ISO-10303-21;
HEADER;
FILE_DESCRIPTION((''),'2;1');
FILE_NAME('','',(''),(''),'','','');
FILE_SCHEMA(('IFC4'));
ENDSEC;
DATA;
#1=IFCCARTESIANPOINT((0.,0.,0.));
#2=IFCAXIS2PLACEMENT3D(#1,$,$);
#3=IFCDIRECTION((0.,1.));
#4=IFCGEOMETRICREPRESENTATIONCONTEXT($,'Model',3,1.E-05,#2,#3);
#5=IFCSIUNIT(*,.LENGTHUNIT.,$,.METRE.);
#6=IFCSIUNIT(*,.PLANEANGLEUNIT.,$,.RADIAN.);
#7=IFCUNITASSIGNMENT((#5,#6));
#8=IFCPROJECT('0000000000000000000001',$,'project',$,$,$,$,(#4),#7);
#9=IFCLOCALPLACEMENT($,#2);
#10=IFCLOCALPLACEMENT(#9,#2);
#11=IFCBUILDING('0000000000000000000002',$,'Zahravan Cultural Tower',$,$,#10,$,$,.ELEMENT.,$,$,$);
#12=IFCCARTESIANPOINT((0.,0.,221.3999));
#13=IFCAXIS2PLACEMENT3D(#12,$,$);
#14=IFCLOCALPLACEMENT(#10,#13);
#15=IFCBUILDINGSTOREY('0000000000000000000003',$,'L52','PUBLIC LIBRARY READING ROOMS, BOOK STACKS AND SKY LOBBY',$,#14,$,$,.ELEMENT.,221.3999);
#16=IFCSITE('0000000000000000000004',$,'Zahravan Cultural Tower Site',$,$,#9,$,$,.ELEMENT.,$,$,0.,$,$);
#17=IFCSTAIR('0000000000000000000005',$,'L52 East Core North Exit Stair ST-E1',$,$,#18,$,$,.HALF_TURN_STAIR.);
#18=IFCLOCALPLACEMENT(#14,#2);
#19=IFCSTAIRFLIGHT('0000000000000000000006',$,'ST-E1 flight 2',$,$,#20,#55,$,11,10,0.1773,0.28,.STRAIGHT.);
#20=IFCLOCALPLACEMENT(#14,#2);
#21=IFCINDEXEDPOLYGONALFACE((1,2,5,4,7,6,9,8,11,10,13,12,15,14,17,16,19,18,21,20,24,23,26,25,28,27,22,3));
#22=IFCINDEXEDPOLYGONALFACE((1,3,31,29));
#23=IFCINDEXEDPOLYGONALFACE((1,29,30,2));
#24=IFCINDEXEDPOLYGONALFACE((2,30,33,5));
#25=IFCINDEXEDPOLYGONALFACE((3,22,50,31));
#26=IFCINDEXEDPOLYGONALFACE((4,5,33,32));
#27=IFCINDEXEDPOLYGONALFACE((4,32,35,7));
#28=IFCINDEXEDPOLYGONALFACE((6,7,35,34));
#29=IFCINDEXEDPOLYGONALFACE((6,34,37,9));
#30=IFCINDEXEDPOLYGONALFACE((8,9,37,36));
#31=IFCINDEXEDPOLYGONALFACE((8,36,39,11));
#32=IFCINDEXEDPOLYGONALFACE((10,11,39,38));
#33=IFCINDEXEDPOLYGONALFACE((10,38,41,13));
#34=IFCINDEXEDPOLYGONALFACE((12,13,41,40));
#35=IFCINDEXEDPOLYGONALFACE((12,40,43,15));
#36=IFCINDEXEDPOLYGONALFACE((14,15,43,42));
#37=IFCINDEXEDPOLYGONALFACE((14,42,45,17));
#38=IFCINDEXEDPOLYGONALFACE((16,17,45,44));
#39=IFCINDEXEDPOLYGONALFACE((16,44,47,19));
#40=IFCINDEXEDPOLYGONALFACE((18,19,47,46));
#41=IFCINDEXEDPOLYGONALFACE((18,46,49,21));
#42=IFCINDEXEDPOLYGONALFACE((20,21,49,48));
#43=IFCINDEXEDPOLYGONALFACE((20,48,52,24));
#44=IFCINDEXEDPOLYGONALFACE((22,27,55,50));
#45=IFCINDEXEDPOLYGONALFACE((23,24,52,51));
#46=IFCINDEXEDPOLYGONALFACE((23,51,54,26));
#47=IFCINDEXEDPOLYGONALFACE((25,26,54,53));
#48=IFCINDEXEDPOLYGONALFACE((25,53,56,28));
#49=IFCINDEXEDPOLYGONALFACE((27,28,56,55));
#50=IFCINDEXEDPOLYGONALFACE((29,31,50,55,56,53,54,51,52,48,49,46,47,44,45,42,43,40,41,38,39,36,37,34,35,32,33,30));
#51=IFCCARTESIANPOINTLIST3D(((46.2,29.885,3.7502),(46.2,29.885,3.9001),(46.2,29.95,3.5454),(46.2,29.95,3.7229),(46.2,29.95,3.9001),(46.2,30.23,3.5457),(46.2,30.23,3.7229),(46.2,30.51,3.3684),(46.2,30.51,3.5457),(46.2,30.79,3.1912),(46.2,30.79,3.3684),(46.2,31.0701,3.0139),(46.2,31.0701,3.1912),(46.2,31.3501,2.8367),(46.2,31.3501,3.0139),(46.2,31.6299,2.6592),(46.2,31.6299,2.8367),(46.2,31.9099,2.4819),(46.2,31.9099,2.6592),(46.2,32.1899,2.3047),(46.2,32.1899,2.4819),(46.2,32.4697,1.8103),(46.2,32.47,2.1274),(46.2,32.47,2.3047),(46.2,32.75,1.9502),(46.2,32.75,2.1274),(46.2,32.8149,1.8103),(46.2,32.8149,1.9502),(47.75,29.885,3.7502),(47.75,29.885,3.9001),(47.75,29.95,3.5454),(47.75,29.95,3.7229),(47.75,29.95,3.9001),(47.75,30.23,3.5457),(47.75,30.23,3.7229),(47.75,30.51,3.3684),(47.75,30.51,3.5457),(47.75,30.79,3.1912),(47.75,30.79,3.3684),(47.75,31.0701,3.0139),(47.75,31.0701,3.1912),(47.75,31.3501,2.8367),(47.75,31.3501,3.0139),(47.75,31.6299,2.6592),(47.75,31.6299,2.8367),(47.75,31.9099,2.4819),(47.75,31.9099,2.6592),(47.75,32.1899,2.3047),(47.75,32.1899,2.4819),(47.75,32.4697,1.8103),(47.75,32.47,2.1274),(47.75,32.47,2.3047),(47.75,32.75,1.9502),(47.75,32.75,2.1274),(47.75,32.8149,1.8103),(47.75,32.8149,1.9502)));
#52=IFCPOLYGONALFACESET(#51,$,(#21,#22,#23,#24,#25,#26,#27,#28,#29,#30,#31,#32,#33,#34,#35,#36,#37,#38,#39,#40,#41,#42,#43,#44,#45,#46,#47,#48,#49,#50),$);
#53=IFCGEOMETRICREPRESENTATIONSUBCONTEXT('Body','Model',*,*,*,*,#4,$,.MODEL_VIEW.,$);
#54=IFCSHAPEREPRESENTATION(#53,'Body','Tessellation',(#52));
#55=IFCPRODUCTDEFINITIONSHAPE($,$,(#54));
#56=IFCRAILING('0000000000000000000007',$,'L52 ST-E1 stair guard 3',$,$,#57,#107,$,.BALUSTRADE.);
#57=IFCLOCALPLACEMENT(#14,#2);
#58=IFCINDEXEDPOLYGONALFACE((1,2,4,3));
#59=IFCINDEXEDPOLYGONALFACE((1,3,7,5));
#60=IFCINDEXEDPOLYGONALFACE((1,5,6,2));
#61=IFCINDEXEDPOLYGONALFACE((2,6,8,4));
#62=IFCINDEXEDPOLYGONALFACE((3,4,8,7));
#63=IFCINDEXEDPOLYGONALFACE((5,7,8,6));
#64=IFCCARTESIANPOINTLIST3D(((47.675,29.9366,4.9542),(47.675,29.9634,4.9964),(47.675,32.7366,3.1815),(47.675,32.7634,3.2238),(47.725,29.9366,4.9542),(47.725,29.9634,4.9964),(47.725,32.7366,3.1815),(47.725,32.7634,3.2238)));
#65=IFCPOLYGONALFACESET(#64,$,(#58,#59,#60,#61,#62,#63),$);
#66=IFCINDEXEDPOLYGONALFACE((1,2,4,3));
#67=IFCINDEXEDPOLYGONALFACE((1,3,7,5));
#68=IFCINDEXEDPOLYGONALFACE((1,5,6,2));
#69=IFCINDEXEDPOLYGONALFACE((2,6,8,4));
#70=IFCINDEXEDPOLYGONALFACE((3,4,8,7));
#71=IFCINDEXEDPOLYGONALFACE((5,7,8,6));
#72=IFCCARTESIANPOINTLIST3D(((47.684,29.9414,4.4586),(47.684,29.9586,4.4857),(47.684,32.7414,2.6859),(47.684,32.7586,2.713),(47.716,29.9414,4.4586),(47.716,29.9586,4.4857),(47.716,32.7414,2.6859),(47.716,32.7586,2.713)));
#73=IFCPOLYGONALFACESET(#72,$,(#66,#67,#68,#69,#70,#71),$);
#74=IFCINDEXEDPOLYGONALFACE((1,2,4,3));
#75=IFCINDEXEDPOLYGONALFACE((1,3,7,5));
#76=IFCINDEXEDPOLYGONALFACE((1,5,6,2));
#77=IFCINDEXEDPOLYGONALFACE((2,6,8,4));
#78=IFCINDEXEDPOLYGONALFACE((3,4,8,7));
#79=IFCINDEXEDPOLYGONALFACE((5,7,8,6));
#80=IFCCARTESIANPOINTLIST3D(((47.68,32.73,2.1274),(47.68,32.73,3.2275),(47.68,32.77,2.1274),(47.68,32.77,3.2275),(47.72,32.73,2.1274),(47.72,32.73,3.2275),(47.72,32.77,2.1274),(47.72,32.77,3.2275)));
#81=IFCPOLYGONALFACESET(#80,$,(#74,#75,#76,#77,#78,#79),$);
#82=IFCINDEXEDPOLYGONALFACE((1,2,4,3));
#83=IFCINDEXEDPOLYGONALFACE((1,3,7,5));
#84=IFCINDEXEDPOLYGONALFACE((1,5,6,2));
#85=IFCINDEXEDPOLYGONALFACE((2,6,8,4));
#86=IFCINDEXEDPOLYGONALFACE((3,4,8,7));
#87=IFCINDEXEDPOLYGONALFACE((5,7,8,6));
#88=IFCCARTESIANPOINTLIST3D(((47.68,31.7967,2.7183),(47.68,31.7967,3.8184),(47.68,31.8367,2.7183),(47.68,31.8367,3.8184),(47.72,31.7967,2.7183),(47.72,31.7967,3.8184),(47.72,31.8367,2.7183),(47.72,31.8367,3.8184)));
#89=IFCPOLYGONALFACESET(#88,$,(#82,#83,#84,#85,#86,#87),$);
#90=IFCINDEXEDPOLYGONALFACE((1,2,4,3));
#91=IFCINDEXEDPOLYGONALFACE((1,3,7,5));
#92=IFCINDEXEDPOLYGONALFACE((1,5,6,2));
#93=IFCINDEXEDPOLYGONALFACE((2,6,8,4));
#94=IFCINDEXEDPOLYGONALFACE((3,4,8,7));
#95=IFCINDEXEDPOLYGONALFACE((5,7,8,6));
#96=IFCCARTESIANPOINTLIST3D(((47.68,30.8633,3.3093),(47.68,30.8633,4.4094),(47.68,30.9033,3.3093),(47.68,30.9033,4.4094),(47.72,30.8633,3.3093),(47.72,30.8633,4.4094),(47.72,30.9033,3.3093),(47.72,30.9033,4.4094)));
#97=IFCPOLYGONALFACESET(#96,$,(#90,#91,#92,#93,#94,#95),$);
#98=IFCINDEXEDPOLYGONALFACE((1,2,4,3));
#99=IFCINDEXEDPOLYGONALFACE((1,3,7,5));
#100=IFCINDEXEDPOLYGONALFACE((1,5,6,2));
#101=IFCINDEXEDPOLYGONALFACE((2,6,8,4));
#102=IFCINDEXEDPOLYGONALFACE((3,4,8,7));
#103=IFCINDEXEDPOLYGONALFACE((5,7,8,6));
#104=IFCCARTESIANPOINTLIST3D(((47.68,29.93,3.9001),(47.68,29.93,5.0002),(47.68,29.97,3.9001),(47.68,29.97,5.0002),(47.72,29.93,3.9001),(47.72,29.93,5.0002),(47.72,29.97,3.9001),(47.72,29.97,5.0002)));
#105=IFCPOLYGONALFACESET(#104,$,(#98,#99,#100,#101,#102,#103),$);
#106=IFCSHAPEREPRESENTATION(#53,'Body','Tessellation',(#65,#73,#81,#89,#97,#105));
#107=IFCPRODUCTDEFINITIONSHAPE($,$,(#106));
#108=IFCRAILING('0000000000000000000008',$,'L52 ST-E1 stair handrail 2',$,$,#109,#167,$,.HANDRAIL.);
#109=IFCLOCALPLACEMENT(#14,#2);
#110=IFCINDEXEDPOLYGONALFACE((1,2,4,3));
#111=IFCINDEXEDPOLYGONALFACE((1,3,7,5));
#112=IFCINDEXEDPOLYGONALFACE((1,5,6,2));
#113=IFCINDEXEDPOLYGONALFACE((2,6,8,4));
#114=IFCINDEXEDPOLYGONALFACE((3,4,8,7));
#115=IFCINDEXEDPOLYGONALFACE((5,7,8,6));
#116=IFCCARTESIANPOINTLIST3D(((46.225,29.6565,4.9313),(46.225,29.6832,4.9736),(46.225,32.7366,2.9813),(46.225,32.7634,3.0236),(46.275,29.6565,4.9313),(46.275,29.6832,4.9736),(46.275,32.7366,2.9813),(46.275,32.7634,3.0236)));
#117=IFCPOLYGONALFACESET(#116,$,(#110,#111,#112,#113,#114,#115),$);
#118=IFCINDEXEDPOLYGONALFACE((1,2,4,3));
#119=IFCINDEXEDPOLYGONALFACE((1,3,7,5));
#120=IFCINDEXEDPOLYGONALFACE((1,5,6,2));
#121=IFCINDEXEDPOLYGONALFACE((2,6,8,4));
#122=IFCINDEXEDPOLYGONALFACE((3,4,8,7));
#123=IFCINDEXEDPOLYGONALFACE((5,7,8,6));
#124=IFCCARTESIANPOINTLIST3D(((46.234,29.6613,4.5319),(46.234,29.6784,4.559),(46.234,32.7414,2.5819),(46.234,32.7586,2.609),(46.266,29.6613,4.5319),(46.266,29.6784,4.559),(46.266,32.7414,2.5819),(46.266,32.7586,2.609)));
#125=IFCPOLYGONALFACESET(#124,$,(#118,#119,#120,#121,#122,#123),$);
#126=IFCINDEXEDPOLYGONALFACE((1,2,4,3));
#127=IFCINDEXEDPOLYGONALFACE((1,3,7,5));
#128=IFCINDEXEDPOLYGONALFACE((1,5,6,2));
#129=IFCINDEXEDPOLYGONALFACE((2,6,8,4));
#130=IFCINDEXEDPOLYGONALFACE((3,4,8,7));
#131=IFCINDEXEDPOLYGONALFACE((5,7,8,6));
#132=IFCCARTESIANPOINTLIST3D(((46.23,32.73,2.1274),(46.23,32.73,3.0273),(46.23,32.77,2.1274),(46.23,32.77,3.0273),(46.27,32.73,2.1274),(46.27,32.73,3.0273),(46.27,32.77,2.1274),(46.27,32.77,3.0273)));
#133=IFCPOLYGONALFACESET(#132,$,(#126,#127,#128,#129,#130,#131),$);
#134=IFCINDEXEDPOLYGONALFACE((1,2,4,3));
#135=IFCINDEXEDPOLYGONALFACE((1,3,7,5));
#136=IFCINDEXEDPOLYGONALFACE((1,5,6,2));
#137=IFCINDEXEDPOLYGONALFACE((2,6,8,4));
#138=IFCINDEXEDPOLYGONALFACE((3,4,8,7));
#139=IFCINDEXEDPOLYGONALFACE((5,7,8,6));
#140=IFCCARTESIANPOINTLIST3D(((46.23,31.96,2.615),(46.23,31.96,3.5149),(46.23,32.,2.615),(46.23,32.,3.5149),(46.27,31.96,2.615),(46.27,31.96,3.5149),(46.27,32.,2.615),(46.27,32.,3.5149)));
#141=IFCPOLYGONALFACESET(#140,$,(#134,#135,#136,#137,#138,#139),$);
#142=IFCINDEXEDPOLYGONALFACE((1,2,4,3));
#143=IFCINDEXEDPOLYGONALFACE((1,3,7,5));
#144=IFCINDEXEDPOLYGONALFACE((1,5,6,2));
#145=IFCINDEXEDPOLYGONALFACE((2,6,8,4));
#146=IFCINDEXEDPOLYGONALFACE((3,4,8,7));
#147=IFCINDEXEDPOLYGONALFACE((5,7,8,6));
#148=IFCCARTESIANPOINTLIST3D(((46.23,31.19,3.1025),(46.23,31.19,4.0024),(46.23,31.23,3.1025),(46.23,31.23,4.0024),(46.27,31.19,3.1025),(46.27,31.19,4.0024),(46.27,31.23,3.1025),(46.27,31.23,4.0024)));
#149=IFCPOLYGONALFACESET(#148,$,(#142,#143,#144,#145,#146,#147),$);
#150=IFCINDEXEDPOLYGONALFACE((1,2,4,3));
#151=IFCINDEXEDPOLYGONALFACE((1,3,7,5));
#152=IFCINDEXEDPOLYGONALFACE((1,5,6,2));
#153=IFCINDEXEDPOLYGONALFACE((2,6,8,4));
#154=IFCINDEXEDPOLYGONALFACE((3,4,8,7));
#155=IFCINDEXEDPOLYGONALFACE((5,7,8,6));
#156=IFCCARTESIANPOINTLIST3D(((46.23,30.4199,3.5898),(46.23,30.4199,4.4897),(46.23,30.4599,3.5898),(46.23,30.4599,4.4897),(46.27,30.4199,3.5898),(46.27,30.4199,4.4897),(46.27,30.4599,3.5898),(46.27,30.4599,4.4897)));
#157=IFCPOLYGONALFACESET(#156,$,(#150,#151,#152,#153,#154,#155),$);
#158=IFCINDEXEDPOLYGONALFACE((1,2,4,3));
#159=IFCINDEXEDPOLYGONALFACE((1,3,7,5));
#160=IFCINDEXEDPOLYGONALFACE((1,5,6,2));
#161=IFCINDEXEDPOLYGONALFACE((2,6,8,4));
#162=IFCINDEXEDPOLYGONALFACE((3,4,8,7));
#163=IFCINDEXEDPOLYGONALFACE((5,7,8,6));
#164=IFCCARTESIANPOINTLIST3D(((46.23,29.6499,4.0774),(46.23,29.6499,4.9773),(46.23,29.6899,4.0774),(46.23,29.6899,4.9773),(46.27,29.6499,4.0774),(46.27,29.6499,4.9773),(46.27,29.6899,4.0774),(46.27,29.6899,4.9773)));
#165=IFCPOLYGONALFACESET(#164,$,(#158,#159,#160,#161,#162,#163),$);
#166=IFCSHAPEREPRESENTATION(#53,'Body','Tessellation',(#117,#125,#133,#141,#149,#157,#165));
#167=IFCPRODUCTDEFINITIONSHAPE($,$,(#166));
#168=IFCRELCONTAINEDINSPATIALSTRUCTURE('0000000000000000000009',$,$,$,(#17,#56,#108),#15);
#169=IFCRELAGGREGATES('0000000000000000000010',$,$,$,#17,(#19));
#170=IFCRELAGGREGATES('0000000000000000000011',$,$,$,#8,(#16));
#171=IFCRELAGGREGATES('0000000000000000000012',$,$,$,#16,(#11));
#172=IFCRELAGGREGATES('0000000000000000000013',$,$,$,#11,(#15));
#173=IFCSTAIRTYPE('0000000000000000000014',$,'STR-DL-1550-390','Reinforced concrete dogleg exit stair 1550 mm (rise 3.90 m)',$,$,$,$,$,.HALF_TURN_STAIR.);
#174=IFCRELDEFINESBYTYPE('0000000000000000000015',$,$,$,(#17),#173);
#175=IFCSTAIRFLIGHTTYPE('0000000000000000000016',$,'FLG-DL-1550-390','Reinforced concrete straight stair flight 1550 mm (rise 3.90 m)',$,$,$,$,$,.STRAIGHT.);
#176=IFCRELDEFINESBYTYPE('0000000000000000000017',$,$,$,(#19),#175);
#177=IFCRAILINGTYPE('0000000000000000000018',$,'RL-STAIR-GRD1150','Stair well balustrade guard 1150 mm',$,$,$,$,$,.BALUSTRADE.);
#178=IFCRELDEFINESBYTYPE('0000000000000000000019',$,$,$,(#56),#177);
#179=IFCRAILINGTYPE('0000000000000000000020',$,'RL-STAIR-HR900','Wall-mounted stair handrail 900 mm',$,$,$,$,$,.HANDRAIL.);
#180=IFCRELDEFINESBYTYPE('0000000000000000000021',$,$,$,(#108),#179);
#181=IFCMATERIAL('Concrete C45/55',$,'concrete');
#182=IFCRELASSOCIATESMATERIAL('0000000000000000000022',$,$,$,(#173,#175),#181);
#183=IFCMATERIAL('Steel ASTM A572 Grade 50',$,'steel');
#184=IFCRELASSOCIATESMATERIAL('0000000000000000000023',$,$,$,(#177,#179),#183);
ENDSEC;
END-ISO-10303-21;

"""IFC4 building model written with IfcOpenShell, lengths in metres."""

from ifc_helpers import new_model, si_unit, direction, frame, origin, origin_2d, place, context, subcontext, project, spatial, polyline, rectangle, outline, extrude, material, type_object, element, aggregate, save


model = new_model("IFC4")

# Units and contexts
model_context = context("Model", 3, precision=1e-05, world=origin(), true_north=direction((0.0, 1.0)))
body_context = subcontext(model_context, "Body", "Model", "MODEL_VIEW")
ifc_project = project(units=[si_unit("LENGTHUNIT", "METRE"), si_unit("PLANEANGLEUNIT", "RADIAN")], contexts=[model_context])

# Site, building, storey
site_placement = place(None, origin())
site = spatial("IfcSite", under=ifc_project, at=site_placement, Name="Zahravan Cultural Tower Site", CompositionType="ELEMENT", RefElevation=0.0)
building_placement = place(site_placement, origin())
building = spatial("IfcBuilding", under=site, at=building_placement, Name="Zahravan Cultural Tower", CompositionType="ELEMENT")
storey_placement = place(building_placement, frame((0.0, 0.0, 221.3999)))
storey = spatial("IfcBuildingStorey", under=building, at=storey_placement, Name="L52", Description="PUBLIC LIBRARY READING ROOMS, BOOK STACKS AND SKY LOBBY", CompositionType="ELEMENT", Elevation=221.3999)

# Shared definitions
ifc_material_1 = material(Name="Steel ASTM A572 Grade 50", Category="steel")
ifc_material_2 = material(Name="Concrete C45/55", Category="concrete")

# Stair, stair flight
stair_type = type_object("IfcStairType", Name="STR-DL-1550-390", Description="Reinforced concrete dogleg exit stair 1550 mm (rise 3.90 m)", PredefinedType="HALF_TURN_STAIR", material=ifc_material_2)
stair_placement = place(storey_placement, origin())
stair = element("IfcStair", 1, at=stair_placement, inside=storey, type_object=stair_type, Name="L52 East Core North Exit Stair ST-E1", PredefinedType="HALF_TURN_STAIR")
stair_flight_type = type_object("IfcStairFlightType", Name="FLG-DL-1550-390", Description="Reinforced concrete straight stair flight 1550 mm (rise 3.90 m)", PredefinedType="STRAIGHT", material=ifc_material_2)
stair_flight_placement = place(storey_placement, frame((46.9751, 32.75, 1.9502), z_axis=(0.0, 0.0, 1.0), x_axis=(0.0, -1.0, 0.0)))
stair_flight = element("IfcStairFlight", 2, at=stair_flight_placement, type_object=stair_flight_type, Name="ST-E1 flight 2", NumberOfRisers=11, NumberOfTreads=10, PredefinedType="STRAIGHT", RiserHeight=0.1773, TreadLength=0.28, context=body_context, shape_type="SweptSolid", body=[
    extrude(outline(polyline([(-0.0649, -0.1399), (-0.0649, 0.0), (0.0, 0.0), (0.0, 0.1772), (0.28, 0.1772), (0.28, 0.3545), (0.5601, 0.3545), (0.5601, 0.5317), (0.8401, 0.5317), (0.8401, 0.709), (1.1201, 0.709), (1.1201, 0.8865), (1.3999, 0.8865), (1.3999, 1.0637), (1.6799, 1.0637), (1.6799, 1.241), (1.96, 1.241), (1.96, 1.4182), (2.24, 1.4182), (2.24, 1.5955), (2.52, 1.5955), (2.52, 1.7727), (2.8, 1.7727), (2.8, 1.95), (2.865, 1.95), (2.865, 1.8), (2.8, 1.5952), (0.2803, -0.1399), (-0.0649, -0.1399)])), frame((0.0, 0.7749, 0.0), z_axis=(0.0, -1.0, 0.0), x_axis=(1.0, 0.0, 0.0)), (0.0, 0.0, 1.0), 1.55),
])
aggregate(stair, [stair_flight])

# Railings
railing_type_1 = type_object("IfcRailingType", Name="RL-STAIR-GRD1150", Description="Stair well balustrade guard 1150 mm", PredefinedType="BALUSTRADE", material=ifc_material_1)
railing_1_placement = place(storey_placement, frame((47.7, 32.75, 2.1274)))
element("IfcRailing", 3, at=railing_1_placement, inside=storey, type_object=railing_type_1, Name="L52 ST-E1 stair guard 3", PredefinedType="BALUSTRADE", context=body_context, shape_type="SweptSolid", body=[
    extrude(rectangle(XDim=0.05, YDim=0.05, at=origin_2d()), frame((0.0, 0.0, 1.0752), z_axis=(0.0, -0.844909, 0.53491), x_axis=(1.0, 0.0, 0.0)), (0.0, 0.0, 1.0), 3.314),
    extrude(rectangle(XDim=0.032, YDim=0.032, at=origin_2d()), frame((0.0, 0.0, 0.572), z_axis=(0.0, -0.844909, 0.53491), x_axis=(1.0, 0.0, 0.0)), (0.0, 0.0, 1.0), 3.314),
    extrude(rectangle(XDim=0.04, YDim=0.04, at=origin_2d()), origin(), (0.0, 0.0, 1.0), 1.1001),
    extrude(rectangle(XDim=0.04, YDim=0.04, at=origin_2d()), frame((0.0, -0.9333, 0.5908)), (0.0, 0.0, 1.0), 1.1001),
    extrude(rectangle(XDim=0.04, YDim=0.04, at=origin_2d()), frame((0.0, -1.8667, 1.1819)), (0.0, 0.0, 1.0), 1.1001),
    extrude(rectangle(XDim=0.04, YDim=0.04, at=origin_2d()), frame((0.0, -2.8, 1.7727)), (0.0, 0.0, 1.0), 1.1001),
])
railing_type_2 = type_object("IfcRailingType", Name="RL-STAIR-HR900", Description="Wall-mounted stair handrail 900 mm", PredefinedType="HANDRAIL", material=ifc_material_1)
railing_2_placement = place(storey_placement, frame((46.25, 32.75, 2.1274)))
element("IfcRailing", 4, at=railing_2_placement, inside=storey, type_object=railing_type_2, Name="L52 ST-E1 stair handrail 2", PredefinedType="HANDRAIL", context=body_context, shape_type="SweptSolid", body=[
    extrude(rectangle(XDim=0.05, YDim=0.05, at=origin_2d()), frame((0.0, 0.0, 0.875), z_axis=(0.0, -0.844914, 0.534902), x_axis=(1.0, 0.0, 0.0)), (0.0, 0.0, 1.0), 3.6455),
    extrude(rectangle(XDim=0.032, YDim=0.032, at=origin_2d()), frame((0.0, 0.0, 0.468), z_axis=(0.0, -0.844914, 0.534902), x_axis=(1.0, 0.0, 0.0)), (0.0, 0.0, 1.0), 3.6455),
    extrude(rectangle(XDim=0.04, YDim=0.04, at=origin_2d()), origin(), (0.0, 0.0, 1.0), 0.8999),
    extrude(rectangle(XDim=0.04, YDim=0.04, at=origin_2d()), frame((0.0, -0.77, 0.4875)), (0.0, 0.0, 1.0), 0.8999),
    extrude(rectangle(XDim=0.04, YDim=0.04, at=origin_2d()), frame((0.0, -1.54, 0.9751)), (0.0, 0.0, 1.0), 0.8999),
    extrude(rectangle(XDim=0.04, YDim=0.04, at=origin_2d()), frame((0.0, -2.3101, 1.4624)), (0.0, 0.0, 1.0), 0.8999),
    extrude(rectangle(XDim=0.04, YDim=0.04, at=origin_2d()), frame((0.0, -3.0801, 1.95)), (0.0, 0.0, 1.0), 0.8999),
])

save(model, "model.ifc")
